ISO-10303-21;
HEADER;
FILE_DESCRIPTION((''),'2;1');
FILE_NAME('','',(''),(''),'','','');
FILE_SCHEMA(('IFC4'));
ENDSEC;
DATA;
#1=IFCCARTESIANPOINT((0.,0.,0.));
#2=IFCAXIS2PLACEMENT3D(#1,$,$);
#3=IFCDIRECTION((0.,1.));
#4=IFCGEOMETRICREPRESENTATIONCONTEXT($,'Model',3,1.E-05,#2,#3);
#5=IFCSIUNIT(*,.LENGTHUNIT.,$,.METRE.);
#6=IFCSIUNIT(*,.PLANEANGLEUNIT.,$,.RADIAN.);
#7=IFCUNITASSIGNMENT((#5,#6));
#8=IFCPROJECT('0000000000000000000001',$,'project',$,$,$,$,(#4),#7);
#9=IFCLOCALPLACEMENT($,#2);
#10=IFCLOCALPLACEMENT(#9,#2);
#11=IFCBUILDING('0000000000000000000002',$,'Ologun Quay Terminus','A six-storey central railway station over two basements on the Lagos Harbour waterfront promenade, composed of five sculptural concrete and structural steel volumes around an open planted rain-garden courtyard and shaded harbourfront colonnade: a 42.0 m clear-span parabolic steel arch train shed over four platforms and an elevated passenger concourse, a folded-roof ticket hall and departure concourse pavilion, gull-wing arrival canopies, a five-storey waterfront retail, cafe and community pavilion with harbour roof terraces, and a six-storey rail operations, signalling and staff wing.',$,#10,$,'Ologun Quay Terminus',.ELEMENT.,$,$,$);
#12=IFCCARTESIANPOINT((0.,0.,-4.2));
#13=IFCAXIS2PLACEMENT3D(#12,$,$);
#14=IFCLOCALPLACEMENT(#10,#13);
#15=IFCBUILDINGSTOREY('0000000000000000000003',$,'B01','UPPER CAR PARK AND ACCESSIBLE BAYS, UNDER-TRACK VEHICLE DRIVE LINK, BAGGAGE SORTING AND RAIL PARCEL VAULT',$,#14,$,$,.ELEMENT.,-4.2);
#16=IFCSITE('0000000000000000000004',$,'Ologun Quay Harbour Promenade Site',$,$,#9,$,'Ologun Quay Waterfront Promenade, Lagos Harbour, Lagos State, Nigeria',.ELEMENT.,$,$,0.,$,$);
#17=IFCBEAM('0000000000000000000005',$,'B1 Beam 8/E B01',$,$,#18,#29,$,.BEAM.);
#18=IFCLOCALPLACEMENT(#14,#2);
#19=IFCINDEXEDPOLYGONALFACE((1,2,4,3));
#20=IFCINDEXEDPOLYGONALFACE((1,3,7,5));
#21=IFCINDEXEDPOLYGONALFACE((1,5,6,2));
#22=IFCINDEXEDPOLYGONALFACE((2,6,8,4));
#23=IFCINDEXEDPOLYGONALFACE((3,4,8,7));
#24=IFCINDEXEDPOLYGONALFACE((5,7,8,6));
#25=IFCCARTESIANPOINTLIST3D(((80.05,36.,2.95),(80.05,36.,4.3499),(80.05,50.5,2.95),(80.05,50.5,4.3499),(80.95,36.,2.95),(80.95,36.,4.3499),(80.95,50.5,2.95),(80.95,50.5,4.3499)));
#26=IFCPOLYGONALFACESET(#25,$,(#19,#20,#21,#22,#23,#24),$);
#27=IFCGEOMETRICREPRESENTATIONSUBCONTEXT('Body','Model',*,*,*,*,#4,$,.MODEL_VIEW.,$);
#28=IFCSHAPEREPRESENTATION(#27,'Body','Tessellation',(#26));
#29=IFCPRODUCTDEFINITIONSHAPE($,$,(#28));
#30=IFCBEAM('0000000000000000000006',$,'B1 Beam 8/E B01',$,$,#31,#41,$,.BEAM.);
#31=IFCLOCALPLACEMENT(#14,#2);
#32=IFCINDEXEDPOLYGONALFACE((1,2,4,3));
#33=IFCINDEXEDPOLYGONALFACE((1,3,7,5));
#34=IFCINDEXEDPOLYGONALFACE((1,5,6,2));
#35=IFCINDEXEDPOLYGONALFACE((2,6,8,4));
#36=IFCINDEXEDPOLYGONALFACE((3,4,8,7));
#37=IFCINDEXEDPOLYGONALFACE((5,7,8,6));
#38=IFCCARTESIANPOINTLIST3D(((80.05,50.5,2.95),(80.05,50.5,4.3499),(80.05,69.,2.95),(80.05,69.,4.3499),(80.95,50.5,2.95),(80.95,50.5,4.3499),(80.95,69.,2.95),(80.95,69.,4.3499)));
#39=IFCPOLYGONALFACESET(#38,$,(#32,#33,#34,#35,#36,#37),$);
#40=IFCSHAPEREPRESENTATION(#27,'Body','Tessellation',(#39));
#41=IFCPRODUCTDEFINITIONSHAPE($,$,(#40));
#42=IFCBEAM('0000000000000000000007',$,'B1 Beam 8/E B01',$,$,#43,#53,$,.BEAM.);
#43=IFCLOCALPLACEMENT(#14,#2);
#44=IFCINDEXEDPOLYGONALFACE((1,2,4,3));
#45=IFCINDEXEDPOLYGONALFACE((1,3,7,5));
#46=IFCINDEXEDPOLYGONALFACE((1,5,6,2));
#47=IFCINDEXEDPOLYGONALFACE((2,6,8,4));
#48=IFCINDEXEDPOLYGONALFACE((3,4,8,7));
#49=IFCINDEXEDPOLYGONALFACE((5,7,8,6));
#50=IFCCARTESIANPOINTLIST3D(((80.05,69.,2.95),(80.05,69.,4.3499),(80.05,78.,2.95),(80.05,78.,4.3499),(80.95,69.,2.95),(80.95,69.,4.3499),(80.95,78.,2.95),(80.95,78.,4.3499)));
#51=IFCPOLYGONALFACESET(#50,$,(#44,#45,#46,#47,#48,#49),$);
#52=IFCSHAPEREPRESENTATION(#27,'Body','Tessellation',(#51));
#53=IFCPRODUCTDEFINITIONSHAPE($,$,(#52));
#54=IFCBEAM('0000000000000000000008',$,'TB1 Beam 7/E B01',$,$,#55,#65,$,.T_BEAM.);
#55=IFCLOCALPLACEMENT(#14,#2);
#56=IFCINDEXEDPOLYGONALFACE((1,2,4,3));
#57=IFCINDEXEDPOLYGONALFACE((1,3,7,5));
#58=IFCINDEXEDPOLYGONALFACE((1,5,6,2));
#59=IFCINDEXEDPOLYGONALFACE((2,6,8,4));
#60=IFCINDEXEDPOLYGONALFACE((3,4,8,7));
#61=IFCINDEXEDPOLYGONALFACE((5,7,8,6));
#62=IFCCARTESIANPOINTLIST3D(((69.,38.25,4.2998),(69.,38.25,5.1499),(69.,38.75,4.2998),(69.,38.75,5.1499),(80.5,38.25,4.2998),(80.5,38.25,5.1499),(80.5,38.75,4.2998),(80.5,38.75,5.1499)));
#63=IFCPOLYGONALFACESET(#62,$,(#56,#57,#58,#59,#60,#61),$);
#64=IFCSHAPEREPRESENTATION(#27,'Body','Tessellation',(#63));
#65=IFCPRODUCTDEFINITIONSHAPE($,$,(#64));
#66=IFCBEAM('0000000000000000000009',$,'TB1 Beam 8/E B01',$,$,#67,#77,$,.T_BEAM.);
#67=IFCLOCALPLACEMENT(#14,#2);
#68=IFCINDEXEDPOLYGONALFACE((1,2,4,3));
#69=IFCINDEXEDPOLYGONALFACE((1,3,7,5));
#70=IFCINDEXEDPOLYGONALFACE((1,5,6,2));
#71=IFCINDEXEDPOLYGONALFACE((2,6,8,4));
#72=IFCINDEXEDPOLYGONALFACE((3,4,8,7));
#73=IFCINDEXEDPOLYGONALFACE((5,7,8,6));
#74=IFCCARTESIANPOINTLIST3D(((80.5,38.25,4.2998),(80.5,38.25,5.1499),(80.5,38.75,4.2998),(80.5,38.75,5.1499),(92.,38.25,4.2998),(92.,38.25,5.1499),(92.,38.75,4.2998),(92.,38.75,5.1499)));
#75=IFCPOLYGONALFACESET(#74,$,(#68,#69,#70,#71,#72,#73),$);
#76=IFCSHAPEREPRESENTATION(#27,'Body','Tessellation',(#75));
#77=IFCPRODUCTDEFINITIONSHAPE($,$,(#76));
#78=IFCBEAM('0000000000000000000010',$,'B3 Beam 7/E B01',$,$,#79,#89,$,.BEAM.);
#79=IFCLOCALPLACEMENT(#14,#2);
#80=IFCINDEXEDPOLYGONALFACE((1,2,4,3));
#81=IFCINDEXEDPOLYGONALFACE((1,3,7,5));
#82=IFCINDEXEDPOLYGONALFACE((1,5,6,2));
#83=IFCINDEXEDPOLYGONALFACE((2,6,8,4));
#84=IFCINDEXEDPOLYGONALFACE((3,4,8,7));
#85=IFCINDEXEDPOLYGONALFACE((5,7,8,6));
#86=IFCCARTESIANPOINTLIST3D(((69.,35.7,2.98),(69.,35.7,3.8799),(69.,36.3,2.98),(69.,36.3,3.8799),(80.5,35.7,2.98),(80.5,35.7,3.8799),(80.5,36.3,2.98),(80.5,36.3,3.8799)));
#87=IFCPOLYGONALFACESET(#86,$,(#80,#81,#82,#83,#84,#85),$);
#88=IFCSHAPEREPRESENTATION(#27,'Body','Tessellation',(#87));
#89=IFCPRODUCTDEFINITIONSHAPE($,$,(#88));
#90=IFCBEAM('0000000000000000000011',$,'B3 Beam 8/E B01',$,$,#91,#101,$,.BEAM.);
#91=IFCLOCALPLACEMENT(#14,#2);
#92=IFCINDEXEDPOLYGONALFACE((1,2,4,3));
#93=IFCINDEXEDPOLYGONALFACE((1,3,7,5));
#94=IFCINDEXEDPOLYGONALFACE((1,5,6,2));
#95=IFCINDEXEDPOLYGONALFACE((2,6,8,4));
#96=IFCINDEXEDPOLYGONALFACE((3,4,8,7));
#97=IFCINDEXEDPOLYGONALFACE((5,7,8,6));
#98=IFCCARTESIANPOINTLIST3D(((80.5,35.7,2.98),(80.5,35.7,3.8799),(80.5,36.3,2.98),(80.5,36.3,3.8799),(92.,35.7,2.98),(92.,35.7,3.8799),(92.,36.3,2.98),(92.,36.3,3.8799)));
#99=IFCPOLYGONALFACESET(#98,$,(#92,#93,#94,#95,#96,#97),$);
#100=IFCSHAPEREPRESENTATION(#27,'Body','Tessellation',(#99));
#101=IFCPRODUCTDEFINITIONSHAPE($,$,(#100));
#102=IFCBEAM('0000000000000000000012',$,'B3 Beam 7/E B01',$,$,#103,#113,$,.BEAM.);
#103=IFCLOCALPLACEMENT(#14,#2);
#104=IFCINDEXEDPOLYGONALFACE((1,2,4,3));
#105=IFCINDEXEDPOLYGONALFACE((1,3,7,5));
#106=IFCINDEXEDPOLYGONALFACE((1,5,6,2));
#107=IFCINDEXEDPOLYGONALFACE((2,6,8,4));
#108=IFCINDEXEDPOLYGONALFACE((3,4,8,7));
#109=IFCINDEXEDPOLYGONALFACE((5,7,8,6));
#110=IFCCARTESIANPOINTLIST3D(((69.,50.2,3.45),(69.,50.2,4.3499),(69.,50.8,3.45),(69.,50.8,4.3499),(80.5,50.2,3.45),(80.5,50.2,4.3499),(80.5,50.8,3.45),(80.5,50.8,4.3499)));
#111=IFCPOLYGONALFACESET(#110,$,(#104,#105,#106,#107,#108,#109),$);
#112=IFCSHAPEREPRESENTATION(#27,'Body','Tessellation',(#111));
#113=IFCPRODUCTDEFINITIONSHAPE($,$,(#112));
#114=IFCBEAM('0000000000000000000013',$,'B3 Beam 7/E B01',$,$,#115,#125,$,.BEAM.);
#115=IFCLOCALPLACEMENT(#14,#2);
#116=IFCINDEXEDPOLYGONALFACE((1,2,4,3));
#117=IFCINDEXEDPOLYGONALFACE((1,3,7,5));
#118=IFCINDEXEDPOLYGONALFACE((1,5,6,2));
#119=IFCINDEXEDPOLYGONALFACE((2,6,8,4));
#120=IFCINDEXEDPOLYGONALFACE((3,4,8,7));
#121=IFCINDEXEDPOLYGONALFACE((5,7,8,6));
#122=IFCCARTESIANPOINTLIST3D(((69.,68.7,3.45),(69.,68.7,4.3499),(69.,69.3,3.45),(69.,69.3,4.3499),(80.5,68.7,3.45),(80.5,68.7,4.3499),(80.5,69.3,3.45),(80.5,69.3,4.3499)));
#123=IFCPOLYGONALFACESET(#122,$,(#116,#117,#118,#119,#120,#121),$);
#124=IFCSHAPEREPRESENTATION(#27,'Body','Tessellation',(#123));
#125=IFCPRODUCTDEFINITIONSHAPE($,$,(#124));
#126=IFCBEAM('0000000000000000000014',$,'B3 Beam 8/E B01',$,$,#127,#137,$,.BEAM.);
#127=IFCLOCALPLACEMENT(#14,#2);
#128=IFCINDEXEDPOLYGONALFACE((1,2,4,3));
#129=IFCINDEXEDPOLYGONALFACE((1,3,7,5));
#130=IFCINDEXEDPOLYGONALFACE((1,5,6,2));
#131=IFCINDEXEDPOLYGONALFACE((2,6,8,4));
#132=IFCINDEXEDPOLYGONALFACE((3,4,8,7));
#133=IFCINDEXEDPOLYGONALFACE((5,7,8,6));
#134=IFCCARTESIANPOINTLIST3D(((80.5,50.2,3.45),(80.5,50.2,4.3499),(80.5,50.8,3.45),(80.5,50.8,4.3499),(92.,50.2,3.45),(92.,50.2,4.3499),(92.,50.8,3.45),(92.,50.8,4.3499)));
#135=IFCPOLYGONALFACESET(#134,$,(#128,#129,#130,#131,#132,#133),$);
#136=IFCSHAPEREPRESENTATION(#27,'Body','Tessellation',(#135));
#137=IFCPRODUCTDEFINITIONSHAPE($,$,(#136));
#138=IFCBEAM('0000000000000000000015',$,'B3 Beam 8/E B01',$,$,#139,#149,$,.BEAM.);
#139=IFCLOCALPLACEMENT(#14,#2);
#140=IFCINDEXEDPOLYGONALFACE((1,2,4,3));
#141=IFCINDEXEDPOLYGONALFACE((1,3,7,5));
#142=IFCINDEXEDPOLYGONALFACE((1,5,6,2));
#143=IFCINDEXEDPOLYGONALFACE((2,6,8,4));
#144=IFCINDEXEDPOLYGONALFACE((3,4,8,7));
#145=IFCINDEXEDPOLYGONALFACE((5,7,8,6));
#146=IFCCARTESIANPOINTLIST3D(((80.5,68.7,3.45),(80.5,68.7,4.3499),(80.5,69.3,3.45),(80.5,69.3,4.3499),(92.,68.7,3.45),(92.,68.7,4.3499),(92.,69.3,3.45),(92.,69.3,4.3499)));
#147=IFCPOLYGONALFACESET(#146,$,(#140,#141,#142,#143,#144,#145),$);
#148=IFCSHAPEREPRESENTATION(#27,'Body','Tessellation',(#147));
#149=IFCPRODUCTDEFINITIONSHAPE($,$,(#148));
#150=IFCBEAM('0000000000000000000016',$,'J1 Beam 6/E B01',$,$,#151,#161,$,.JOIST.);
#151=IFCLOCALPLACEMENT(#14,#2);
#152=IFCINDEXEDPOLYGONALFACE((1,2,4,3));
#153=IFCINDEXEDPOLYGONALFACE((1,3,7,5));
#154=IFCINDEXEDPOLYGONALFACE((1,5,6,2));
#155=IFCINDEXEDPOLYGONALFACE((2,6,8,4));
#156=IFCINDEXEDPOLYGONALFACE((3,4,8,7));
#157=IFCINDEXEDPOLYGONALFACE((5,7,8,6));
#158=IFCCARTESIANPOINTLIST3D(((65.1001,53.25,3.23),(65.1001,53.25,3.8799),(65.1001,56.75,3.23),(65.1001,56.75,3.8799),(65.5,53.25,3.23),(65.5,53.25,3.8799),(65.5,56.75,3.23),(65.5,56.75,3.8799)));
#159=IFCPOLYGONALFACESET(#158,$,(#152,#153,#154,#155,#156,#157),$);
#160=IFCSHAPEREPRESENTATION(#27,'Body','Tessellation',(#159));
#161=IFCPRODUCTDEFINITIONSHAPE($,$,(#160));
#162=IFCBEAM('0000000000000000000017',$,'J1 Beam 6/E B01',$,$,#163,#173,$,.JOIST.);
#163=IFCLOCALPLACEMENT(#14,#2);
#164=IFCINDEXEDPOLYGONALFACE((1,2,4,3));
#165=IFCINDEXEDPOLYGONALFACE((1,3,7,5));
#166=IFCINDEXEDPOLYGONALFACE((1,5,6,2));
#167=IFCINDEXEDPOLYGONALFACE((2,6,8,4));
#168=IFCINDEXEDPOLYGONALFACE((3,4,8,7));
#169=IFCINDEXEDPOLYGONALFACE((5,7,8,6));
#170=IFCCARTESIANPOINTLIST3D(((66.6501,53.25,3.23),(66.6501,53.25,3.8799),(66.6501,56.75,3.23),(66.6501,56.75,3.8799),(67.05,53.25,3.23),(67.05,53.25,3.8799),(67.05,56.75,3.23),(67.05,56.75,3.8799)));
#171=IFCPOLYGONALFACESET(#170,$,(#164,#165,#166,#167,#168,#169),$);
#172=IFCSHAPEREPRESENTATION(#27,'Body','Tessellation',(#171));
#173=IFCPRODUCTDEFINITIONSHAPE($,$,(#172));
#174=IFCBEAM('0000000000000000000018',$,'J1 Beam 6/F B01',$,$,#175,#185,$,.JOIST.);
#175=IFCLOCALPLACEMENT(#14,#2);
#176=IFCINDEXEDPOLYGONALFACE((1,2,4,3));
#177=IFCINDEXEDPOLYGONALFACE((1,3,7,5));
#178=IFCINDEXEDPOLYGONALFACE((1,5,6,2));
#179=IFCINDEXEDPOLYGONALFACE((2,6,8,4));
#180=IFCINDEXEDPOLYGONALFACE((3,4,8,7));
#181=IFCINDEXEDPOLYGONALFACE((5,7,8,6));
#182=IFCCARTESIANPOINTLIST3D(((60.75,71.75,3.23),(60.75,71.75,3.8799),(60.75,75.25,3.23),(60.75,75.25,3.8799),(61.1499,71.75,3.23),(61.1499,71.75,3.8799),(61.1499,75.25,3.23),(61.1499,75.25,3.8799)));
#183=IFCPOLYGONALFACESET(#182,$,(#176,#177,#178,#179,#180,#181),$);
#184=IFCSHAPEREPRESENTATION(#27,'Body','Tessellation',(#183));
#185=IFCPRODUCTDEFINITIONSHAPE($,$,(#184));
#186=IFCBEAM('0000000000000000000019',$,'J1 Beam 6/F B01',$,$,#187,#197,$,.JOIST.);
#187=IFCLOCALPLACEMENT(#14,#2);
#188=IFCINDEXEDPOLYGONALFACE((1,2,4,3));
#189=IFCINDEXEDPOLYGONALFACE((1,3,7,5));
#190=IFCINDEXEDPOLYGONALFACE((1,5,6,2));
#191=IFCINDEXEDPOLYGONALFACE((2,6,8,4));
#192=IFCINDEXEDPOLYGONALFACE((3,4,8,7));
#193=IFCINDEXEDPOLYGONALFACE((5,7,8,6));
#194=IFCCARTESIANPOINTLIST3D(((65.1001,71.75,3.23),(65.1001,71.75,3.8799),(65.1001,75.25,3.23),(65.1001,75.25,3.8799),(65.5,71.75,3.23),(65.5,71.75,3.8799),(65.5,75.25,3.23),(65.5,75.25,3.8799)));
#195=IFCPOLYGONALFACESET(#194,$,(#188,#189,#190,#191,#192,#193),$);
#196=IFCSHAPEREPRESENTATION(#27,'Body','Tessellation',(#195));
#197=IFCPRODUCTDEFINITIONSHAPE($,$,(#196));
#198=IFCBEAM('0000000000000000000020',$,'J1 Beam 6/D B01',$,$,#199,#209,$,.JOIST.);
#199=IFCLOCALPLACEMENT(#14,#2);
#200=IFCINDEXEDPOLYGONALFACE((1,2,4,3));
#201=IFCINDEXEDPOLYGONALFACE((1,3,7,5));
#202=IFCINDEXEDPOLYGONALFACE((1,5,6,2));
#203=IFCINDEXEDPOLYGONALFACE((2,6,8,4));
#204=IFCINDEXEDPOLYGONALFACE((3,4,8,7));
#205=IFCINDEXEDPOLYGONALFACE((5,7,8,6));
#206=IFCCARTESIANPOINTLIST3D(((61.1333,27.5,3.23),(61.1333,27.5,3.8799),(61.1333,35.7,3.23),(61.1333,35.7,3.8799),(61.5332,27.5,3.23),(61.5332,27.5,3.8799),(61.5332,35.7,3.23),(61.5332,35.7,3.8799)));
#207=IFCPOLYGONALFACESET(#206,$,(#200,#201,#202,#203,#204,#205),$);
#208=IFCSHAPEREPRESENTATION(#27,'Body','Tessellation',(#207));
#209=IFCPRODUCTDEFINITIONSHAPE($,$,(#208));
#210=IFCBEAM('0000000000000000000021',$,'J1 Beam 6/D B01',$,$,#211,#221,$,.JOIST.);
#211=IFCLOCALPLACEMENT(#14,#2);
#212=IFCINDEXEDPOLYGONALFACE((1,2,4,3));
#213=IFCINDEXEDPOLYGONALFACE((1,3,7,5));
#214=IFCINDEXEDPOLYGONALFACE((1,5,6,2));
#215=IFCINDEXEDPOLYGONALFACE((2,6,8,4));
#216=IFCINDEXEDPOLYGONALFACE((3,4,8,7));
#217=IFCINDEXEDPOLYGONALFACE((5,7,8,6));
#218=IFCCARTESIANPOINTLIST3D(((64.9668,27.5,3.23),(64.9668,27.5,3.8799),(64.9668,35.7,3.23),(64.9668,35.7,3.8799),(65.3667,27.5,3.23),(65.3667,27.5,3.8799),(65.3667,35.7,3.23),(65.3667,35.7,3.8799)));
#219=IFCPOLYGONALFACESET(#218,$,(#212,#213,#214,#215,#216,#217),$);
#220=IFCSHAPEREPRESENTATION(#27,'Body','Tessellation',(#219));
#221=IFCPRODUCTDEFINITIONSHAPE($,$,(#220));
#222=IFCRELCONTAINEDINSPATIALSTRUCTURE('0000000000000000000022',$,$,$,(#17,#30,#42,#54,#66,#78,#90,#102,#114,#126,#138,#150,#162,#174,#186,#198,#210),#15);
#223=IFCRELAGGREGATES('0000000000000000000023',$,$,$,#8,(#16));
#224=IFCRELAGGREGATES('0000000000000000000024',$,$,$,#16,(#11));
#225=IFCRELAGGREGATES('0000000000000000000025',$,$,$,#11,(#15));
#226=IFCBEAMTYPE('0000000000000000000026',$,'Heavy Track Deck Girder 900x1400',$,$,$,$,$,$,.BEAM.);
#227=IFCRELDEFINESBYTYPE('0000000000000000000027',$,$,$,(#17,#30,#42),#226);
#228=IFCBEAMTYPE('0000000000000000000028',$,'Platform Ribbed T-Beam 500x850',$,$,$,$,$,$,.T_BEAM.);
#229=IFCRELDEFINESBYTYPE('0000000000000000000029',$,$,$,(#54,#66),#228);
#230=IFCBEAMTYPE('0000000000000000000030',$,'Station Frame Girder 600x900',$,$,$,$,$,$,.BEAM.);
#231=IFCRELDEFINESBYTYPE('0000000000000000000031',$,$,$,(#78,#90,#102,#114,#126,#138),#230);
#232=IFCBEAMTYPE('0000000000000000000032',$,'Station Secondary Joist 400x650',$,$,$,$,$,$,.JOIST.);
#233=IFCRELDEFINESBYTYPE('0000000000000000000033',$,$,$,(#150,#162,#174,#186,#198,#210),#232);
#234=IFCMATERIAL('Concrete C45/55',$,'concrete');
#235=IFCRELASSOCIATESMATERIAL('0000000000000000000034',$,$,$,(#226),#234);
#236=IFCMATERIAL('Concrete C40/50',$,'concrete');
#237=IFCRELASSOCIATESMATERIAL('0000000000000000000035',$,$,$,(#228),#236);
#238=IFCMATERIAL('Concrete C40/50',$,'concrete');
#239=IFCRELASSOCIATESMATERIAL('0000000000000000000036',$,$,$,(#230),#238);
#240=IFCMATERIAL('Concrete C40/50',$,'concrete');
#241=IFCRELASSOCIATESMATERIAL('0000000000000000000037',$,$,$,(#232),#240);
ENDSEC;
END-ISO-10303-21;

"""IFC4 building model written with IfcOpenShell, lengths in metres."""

from ifc_helpers import new_model, si_unit, direction, frame, origin, origin_2d, place, context, subcontext, project, spatial, rectangle, extrude, material, material_profile, profile_set, type_object, element, save


model = new_model("IFC4")

# Units and contexts
model_context = context("Model", 3, precision=1e-05, world=origin(), true_north=direction((0.0, 1.0)))
body_context = subcontext(model_context, "Body", "Model", "MODEL_VIEW")
ifc_project = project(units=[si_unit("LENGTHUNIT", "METRE"), si_unit("PLANEANGLEUNIT", "RADIAN")], contexts=[model_context])

# Site, building, storey
site_placement = place(None, origin())
site = spatial("IfcSite", under=ifc_project, at=site_placement, Name="Ologun Quay Harbour Promenade Site", LongName="Ologun Quay Waterfront Promenade, Lagos Harbour, Lagos State, Nigeria", CompositionType="ELEMENT", RefElevation=0.0)
building_placement = place(site_placement, origin())
building = spatial("IfcBuilding", under=site, at=building_placement, Name="Ologun Quay Terminus", Description="A six-storey central railway station over two basements on the Lagos Harbour waterfront promenade, composed of five sculptural concrete and structural steel volumes around an open planted rain-garden courtyard and shaded harbourfront colonnade: a 42.0 m clear-span parabolic steel arch train shed over four platforms and an elevated passenger concourse, a folded-roof ticket hall and departure concourse pavilion, gull-wing arrival canopies, a five-storey waterfront retail, cafe and community pavilion with harbour roof terraces, and a six-storey rail operations, signalling and staff wing.", LongName="Ologun Quay Terminus", CompositionType="ELEMENT")
storey_placement = place(building_placement, frame((0.0, 0.0, -4.2)))
storey = spatial("IfcBuildingStorey", under=building, at=storey_placement, Name="B01", Description="UPPER CAR PARK AND ACCESSIBLE BAYS, UNDER-TRACK VEHICLE DRIVE LINK, BAGGAGE SORTING AND RAIL PARCEL VAULT", CompositionType="ELEMENT", Elevation=-4.2)

# Beams
ifc_material_1 = material(Name="Concrete C45/55", Category="concrete")
ifc_material_profile_1 = material_profile(ifc_material_1, rectangle(XDim=0.8999, YDim=1.3999, at=origin_2d()), Name="RC 900x1400")
ifc_profile_set_1 = profile_set([ifc_material_profile_1], Name="Concrete C45/55")
beam_type_1 = type_object("IfcBeamType", Name="Heavy Track Deck Girder 900x1400", PredefinedType="BEAM", material=ifc_profile_set_1)
beam_1_placement = place(storey_placement, frame((80.5, 36.0, 3.6499), z_axis=(0.0, 1.0, 0.0), x_axis=(-1.0, 0.0, 0.0)))
element("IfcBeam", 1, at=beam_1_placement, inside=storey, type_object=beam_type_1, Name="B1 Beam 8/E B01", PredefinedType="BEAM", context=body_context, shape_type="SweptSolid", body=[
    extrude(rectangle(XDim=0.8999, YDim=1.3999, at=origin_2d()), origin(), (0.0, 0.0, 1.0), 14.5),
])
beam_2_placement = place(storey_placement, frame((80.5, 50.5, 3.6499), z_axis=(0.0, 1.0, 0.0), x_axis=(-1.0, 0.0, 0.0)))
element("IfcBeam", 2, at=beam_2_placement, inside=storey, type_object=beam_type_1, Name="B1 Beam 8/E B01", PredefinedType="BEAM", context=body_context, shape_type="SweptSolid", body=[
    extrude(rectangle(XDim=0.8999, YDim=1.3999, at=origin_2d()), origin(), (0.0, 0.0, 1.0), 18.5),
])
beam_3_placement = place(storey_placement, frame((80.5, 69.0, 3.6499), z_axis=(0.0, 1.0, 0.0), x_axis=(-1.0, 0.0, 0.0)))
element("IfcBeam", 3, at=beam_3_placement, inside=storey, type_object=beam_type_1, Name="B1 Beam 8/E B01", PredefinedType="BEAM", context=body_context, shape_type="SweptSolid", body=[
    extrude(rectangle(XDim=0.8999, YDim=1.3999, at=origin_2d()), origin(), (0.0, 0.0, 1.0), 9.0),
])
ifc_material_2 = material(Name="Concrete C40/50", Category="concrete")
ifc_material_profile_2 = material_profile(ifc_material_2, rectangle(XDim=0.5, YDim=0.8501, at=origin_2d()), Name="RC 500x850")
ifc_profile_set_2 = profile_set([ifc_material_profile_2], Name="Concrete C40/50")
beam_type_2 = type_object("IfcBeamType", Name="Platform Ribbed T-Beam 500x850", PredefinedType="T_BEAM", material=ifc_profile_set_2)
for number, where, z_axis, x_axis, name in (
    (4, (69.0, 38.5, 4.7249), (1.0, 0.0, 0.0), (0.0, 1.0, 0.0), "TB1 Beam 7/E B01"),
    (5, (80.5, 38.5, 4.7249), (1.0, 0.0, 0.0), (0.0, 1.0, 0.0), "TB1 Beam 8/E B01"),
):
    element("IfcBeam", number, at=place(storey_placement, frame(where, z_axis=z_axis, x_axis=x_axis)), inside=storey, type_object=beam_type_2, Name=name, PredefinedType="T_BEAM", context=body_context, shape_type="SweptSolid", body=[
        extrude(rectangle(XDim=0.5, YDim=0.8501, at=origin_2d()), origin(), (0.0, 0.0, 1.0), 11.5),
    ])
ifc_material_3 = material(Name="Concrete C40/50", Category="concrete")
ifc_material_profile_3 = material_profile(ifc_material_3, rectangle(XDim=0.6001, YDim=0.8999, at=origin_2d()), Name="RC 600x900")
ifc_profile_set_3 = profile_set([ifc_material_profile_3], Name="Concrete C40/50")
beam_type_3 = type_object("IfcBeamType", Name="Station Frame Girder 600x900", PredefinedType="BEAM", material=ifc_profile_set_3)
for number, where, z_axis, x_axis, name in (
    (6, (69.0, 36.0, 3.4299), (1.0, 0.0, 0.0), (0.0, 1.0, 0.0), "B3 Beam 7/E B01"),
    (7, (80.5, 36.0, 3.4299), (1.0, 0.0, 0.0), (0.0, 1.0, 0.0), "B3 Beam 8/E B01"),
    (8, (69.0, 50.5, 3.8999), (1.0, 0.0, 0.0), (0.0, 1.0, 0.0), "B3 Beam 7/E B01"),
    (9, (69.0, 69.0, 3.8999), (1.0, 0.0, 0.0), (0.0, 1.0, 0.0), "B3 Beam 7/E B01"),
    (10, (80.5, 50.5, 3.8999), (1.0, 0.0, 0.0), (0.0, 1.0, 0.0), "B3 Beam 8/E B01"),
    (11, (80.5, 69.0, 3.8999), (1.0, 0.0, 0.0), (0.0, 1.0, 0.0), "B3 Beam 8/E B01"),
):
    element("IfcBeam", number, at=place(storey_placement, frame(where, z_axis=z_axis, x_axis=x_axis)), inside=storey, type_object=beam_type_3, Name=name, PredefinedType="BEAM", context=body_context, shape_type="SweptSolid", body=[
        extrude(rectangle(XDim=0.6001, YDim=0.8999, at=origin_2d()), origin(), (0.0, 0.0, 1.0), 11.5),
    ])
ifc_material_4 = material(Name="Concrete C40/50", Category="concrete")
ifc_material_profile_4 = material_profile(ifc_material_4, rectangle(XDim=0.3999, YDim=0.6499, at=origin_2d()), Name="RC 400x650")
ifc_profile_set_4 = profile_set([ifc_material_profile_4], Name="Concrete C40/50")
beam_type_4 = type_object("IfcBeamType", Name="Station Secondary Joist 400x650", PredefinedType="JOIST", material=ifc_profile_set_4)
for number, where, z_axis, x_axis, name in (
    (12, (65.3, 53.25, 3.5549), (0.0, 1.0, 0.0), (-1.0, 0.0, 0.0), "J1 Beam 6/E B01"),
    (13, (66.8501, 53.25, 3.5549), (0.0, 1.0, 0.0), (-1.0, 0.0, 0.0), "J1 Beam 6/E B01"),
    (14, (60.95, 71.75, 3.5549), (0.0, 1.0, 0.0), (-1.0, 0.0, 0.0), "J1 Beam 6/F B01"),
    (15, (65.3, 71.75, 3.5549), (0.0, 1.0, 0.0), (-1.0, 0.0, 0.0), "J1 Beam 6/F B01"),
):
    element("IfcBeam", number, at=place(storey_placement, frame(where, z_axis=z_axis, x_axis=x_axis)), inside=storey, type_object=beam_type_4, Name=name, PredefinedType="JOIST", context=body_context, shape_type="SweptSolid", body=[
        extrude(rectangle(XDim=0.3999, YDim=0.6499, at=origin_2d()), origin(), (0.0, 0.0, 1.0), 3.5),
    ])
for number, where, z_axis, x_axis, name in (
    (16, (61.3333, 27.5, 3.5549), (0.0, 1.0, 0.0), (-1.0, 0.0, 0.0), "J1 Beam 6/D B01"),
    (17, (65.1667, 27.5, 3.5549), (0.0, 1.0, 0.0), (-1.0, 0.0, 0.0), "J1 Beam 6/D B01"),
):
    element("IfcBeam", number, at=place(storey_placement, frame(where, z_axis=z_axis, x_axis=x_axis)), inside=storey, type_object=beam_type_4, Name=name, PredefinedType="JOIST", context=body_context, shape_type="SweptSolid", body=[
        extrude(rectangle(XDim=0.3999, YDim=0.6499, at=origin_2d()), origin(), (0.0, 0.0, 1.0), 8.2),
    ])

save(model, "model.ifc")
